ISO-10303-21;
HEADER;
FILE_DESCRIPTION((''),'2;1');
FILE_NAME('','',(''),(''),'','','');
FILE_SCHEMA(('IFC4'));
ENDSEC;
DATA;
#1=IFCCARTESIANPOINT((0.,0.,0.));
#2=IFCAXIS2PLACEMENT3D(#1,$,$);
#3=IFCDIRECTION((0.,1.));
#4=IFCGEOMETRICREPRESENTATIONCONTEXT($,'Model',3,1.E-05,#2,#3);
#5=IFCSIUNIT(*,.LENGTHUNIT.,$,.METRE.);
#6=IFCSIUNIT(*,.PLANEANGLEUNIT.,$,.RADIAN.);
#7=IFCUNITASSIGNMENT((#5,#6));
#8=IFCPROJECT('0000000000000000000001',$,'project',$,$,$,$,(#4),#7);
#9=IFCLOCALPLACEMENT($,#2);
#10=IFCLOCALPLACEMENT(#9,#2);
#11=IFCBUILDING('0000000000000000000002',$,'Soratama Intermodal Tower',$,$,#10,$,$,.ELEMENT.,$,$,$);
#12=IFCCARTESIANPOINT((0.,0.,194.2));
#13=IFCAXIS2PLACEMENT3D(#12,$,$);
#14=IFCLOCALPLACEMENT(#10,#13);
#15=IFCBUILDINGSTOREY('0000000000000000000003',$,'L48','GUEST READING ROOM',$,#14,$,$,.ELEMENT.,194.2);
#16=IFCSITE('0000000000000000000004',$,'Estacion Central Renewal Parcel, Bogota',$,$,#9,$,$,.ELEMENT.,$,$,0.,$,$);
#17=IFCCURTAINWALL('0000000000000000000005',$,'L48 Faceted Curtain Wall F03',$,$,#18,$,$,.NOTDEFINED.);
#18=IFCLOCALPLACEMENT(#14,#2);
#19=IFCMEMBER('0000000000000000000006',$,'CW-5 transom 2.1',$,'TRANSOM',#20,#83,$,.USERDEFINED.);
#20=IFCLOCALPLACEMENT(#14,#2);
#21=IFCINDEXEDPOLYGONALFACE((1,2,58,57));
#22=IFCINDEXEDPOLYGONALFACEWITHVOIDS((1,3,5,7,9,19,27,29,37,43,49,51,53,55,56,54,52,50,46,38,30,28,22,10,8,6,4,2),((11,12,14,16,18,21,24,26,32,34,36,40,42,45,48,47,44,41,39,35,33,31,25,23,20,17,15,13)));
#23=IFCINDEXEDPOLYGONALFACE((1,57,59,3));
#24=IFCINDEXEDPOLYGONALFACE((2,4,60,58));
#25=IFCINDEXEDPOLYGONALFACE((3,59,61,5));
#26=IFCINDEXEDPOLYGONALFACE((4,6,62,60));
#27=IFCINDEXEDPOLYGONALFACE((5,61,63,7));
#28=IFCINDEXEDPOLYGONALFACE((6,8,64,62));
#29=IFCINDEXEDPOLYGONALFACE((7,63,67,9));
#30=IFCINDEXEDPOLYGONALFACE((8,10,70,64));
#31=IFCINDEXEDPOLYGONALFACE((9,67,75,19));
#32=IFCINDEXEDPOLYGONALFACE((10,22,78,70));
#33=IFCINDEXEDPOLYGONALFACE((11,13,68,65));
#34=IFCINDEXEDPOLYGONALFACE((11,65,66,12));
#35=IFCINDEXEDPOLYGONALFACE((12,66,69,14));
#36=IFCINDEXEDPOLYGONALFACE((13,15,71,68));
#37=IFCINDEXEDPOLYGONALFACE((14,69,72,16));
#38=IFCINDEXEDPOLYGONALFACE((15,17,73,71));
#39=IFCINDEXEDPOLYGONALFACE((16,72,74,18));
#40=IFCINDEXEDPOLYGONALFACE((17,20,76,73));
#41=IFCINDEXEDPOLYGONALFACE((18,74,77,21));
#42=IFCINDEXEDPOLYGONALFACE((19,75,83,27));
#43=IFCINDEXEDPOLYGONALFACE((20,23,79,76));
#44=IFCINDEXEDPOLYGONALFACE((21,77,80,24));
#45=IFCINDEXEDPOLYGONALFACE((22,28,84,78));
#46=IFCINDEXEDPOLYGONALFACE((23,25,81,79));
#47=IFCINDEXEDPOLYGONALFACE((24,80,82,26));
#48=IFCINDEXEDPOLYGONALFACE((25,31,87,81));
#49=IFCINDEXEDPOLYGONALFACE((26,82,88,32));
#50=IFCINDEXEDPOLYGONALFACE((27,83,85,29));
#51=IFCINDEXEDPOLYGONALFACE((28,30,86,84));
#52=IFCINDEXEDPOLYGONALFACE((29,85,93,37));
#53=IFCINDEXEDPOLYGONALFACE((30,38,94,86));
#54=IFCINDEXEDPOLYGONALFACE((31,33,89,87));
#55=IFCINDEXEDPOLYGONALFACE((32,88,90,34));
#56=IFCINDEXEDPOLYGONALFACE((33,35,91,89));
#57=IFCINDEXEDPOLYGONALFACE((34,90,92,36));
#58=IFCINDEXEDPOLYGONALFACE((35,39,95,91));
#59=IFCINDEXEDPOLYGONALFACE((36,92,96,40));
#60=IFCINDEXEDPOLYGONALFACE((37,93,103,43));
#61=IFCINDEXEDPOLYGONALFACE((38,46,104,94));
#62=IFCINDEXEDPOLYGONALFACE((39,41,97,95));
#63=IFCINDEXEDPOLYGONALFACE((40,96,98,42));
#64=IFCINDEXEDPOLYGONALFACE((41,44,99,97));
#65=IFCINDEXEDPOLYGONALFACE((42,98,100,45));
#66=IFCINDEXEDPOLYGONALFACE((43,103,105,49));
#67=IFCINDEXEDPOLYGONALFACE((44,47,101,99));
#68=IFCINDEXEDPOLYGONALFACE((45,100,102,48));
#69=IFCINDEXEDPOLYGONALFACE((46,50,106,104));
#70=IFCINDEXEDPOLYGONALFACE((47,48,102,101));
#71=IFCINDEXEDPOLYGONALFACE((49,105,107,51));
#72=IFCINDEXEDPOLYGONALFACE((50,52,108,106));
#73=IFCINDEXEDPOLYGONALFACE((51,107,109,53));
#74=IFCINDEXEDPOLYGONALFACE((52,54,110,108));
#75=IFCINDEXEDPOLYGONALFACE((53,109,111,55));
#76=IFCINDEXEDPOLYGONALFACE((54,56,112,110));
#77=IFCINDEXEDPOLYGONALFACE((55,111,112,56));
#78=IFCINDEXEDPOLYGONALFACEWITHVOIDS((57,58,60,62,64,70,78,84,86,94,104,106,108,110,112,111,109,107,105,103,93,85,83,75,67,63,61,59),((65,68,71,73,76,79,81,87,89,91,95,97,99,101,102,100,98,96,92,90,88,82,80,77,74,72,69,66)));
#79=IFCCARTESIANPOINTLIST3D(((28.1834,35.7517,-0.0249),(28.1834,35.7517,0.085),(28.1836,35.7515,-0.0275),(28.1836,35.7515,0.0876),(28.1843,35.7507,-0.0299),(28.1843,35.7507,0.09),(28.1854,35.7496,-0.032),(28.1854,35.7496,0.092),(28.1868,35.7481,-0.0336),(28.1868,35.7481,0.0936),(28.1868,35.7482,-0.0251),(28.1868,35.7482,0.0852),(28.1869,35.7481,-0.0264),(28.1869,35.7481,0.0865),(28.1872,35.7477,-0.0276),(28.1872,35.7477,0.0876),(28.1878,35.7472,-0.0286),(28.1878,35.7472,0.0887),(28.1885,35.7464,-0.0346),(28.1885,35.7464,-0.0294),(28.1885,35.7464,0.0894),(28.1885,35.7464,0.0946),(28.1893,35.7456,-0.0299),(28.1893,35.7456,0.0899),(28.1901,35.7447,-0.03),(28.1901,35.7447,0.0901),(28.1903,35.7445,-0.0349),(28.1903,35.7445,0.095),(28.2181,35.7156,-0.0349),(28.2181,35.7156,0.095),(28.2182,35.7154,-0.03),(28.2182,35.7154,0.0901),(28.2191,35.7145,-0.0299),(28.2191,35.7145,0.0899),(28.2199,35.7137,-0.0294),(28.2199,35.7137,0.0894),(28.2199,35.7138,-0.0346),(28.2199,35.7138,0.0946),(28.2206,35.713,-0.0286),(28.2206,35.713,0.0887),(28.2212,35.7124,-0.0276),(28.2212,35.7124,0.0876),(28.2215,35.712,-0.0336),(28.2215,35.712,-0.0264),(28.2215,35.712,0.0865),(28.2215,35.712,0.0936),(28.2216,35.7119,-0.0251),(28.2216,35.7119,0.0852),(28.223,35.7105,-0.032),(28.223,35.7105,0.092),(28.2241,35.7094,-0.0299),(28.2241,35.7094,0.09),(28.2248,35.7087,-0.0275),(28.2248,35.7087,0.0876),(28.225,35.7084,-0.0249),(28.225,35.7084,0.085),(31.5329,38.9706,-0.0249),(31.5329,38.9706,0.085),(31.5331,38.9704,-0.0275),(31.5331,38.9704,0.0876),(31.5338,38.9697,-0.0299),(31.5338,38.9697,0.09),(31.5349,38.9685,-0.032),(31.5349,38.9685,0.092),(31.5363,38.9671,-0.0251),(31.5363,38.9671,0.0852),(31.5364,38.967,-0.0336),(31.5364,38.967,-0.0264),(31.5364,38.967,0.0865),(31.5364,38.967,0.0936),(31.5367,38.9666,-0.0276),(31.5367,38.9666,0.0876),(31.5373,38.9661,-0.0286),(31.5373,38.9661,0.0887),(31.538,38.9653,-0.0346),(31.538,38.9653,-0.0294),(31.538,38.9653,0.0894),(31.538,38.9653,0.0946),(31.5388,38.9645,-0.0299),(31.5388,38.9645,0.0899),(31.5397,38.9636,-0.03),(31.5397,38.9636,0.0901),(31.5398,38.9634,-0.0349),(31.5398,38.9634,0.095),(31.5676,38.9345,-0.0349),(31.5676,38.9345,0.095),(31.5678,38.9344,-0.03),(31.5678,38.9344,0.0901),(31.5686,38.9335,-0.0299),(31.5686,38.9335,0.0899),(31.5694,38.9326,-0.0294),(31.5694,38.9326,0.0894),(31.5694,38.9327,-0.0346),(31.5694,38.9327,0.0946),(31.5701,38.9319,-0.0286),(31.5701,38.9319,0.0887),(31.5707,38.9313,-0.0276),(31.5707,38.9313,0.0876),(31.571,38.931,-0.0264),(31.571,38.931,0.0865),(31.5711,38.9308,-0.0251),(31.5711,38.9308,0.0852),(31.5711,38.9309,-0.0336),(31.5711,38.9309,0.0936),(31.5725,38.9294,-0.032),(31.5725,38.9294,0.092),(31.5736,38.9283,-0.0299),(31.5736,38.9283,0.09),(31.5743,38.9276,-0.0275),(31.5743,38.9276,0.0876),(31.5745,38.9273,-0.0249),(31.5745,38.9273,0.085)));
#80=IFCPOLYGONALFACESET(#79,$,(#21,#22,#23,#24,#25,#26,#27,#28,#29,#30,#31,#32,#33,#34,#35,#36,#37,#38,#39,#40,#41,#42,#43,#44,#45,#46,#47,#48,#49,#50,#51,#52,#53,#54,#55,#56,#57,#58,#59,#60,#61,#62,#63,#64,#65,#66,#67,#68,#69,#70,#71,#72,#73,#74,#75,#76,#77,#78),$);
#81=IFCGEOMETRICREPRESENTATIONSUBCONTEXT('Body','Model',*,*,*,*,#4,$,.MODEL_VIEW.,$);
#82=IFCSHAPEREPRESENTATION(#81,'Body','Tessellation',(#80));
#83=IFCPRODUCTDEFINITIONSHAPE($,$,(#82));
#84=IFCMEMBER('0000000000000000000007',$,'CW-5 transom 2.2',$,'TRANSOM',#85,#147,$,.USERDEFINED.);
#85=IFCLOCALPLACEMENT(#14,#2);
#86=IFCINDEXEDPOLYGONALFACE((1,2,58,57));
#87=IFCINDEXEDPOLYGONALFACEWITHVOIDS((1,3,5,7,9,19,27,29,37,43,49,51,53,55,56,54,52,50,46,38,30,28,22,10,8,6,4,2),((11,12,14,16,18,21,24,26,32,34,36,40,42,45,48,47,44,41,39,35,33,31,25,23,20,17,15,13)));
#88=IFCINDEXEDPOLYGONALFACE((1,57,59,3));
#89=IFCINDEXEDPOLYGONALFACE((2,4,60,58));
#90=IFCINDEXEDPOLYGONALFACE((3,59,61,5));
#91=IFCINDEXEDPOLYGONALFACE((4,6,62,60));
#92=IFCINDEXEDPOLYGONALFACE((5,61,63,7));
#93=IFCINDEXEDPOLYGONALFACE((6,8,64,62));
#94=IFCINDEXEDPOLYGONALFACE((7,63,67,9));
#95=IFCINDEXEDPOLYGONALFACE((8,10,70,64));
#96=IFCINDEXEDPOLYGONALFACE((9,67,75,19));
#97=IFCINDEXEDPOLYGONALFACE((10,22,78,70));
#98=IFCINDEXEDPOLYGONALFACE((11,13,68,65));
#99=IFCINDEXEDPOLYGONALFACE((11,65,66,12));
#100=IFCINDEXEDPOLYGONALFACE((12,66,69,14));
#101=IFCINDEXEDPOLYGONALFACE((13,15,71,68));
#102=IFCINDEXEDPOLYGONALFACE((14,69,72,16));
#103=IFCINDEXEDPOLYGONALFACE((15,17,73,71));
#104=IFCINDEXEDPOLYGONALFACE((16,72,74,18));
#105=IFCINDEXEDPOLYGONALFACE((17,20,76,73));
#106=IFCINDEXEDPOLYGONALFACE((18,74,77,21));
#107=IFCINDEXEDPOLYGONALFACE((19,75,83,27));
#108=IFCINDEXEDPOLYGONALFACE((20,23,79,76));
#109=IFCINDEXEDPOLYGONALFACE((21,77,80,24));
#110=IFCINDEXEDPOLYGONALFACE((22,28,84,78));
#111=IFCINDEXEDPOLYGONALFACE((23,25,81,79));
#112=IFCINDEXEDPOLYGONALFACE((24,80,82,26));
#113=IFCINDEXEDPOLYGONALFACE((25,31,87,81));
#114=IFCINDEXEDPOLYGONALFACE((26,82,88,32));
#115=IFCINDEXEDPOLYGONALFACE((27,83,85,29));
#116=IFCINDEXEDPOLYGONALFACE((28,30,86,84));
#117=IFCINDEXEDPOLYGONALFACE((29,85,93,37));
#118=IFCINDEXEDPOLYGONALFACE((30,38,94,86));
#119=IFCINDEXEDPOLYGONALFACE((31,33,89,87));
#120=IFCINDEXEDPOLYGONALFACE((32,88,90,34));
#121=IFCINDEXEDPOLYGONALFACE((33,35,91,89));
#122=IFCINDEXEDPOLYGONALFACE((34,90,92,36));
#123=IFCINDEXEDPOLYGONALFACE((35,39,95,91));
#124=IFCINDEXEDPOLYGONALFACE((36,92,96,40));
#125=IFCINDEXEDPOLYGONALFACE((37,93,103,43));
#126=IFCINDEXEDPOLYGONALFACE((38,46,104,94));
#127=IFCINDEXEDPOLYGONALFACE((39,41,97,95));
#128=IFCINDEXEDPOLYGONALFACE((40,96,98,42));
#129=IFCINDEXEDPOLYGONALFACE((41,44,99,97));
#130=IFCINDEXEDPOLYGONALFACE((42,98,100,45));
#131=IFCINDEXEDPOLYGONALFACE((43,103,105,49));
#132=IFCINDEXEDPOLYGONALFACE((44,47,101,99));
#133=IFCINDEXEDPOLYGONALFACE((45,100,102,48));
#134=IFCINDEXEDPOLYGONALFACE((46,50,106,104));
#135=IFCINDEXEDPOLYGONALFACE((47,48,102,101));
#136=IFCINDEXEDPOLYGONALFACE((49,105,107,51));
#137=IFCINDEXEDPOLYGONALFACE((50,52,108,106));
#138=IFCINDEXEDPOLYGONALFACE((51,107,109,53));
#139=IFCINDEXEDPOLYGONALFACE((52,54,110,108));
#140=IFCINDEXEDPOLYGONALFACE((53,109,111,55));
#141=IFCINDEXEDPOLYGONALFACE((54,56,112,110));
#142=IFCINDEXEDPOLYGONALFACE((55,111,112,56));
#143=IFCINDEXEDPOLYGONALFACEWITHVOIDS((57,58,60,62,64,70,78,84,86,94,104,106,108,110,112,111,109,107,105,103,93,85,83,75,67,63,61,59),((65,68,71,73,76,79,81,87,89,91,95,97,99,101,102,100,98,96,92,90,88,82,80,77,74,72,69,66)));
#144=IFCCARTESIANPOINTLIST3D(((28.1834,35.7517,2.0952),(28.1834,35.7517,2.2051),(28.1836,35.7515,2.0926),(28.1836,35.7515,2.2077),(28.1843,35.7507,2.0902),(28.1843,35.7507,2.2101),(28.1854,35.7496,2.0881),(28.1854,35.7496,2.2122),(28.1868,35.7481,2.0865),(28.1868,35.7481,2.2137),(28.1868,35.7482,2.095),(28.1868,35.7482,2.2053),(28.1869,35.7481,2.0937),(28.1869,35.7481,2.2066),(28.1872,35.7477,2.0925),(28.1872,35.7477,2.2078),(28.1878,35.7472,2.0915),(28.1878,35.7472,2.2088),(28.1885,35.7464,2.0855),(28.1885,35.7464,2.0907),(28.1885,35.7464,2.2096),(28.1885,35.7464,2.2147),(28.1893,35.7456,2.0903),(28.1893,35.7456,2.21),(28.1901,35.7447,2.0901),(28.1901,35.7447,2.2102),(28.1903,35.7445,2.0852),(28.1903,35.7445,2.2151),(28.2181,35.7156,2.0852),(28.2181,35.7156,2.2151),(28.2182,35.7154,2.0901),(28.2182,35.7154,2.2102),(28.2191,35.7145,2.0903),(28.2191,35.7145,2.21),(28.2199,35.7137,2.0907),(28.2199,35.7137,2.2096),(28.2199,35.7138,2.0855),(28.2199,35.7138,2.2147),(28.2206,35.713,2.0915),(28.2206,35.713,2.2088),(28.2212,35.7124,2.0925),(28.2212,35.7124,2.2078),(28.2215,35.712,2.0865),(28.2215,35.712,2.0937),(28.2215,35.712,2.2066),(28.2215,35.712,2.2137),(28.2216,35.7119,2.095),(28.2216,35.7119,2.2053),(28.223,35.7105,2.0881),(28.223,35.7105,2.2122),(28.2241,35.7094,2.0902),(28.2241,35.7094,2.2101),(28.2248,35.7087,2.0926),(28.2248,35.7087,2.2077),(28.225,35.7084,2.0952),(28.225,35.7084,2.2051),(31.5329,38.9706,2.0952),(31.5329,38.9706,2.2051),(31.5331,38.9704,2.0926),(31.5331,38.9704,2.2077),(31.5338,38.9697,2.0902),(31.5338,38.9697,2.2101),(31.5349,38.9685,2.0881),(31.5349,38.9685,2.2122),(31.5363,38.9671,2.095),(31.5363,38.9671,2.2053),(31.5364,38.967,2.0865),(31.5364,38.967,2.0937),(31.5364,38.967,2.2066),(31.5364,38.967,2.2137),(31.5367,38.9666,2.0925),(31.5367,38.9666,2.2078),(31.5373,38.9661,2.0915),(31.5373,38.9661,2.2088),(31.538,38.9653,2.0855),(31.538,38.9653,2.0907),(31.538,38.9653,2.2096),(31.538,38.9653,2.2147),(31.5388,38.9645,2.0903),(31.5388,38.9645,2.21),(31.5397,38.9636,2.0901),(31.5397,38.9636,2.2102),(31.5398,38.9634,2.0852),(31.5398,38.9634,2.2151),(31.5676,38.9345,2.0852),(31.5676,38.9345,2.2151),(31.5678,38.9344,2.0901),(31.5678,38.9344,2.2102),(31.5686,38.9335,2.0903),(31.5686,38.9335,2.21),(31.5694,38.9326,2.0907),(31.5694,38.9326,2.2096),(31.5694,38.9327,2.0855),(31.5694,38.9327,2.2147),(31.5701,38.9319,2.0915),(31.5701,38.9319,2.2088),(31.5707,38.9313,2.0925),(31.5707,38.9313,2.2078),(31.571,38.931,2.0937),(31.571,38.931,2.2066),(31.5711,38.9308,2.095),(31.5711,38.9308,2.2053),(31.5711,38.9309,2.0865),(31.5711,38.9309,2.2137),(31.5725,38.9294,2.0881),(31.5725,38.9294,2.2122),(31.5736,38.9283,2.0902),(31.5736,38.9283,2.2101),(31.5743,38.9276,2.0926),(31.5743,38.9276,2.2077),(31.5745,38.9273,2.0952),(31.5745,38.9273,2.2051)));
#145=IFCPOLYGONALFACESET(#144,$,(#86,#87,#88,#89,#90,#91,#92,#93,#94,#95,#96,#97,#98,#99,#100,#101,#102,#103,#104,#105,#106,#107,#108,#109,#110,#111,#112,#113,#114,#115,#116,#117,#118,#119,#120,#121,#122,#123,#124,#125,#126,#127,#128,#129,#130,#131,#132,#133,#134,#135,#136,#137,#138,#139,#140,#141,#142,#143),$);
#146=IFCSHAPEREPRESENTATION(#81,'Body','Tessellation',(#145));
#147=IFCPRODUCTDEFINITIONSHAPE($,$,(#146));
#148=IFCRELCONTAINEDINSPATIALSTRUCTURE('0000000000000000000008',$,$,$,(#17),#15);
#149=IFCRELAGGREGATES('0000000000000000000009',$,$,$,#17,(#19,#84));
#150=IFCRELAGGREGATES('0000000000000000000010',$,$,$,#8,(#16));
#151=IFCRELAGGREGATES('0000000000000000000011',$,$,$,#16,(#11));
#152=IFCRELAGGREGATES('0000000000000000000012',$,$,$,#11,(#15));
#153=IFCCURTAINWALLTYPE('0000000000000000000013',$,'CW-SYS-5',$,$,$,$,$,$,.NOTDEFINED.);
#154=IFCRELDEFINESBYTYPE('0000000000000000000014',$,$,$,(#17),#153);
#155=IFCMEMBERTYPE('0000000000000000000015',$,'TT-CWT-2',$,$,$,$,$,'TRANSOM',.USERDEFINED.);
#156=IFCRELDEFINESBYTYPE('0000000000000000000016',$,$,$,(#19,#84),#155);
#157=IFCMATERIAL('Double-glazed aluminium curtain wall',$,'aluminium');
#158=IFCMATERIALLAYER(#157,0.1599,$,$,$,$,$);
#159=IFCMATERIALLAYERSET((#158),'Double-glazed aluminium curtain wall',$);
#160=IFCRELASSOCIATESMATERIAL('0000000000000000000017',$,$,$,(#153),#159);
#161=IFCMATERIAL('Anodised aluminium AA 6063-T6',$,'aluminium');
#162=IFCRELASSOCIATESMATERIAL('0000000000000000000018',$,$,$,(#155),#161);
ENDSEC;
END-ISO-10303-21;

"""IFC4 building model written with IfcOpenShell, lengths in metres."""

from ifc_helpers import new_model, si_unit, direction, frame, origin, origin_2d, place, context, subcontext, project, spatial, hollow_rectangle, extrude, material, layer, layer_set, material_profile, profile_set, type_object, element, aggregate, save


model = new_model("IFC4")

# Units and contexts
model_context = context("Model", 3, precision=1e-05, world=origin(), true_north=direction((0.0, 1.0)))
body_context = subcontext(model_context, "Body", "Model", "MODEL_VIEW")
ifc_project = project(units=[si_unit("LENGTHUNIT", "METRE"), si_unit("PLANEANGLEUNIT", "RADIAN")], contexts=[model_context])

# Site, building, storey
site_placement = place(None, origin())
site = spatial("IfcSite", under=ifc_project, at=site_placement, Name="Estacion Central Renewal Parcel, Bogota", CompositionType="ELEMENT", RefElevation=0.0)
building_placement = place(site_placement, origin())
building = spatial("IfcBuilding", under=site, at=building_placement, Name="Soratama Intermodal Tower", CompositionType="ELEMENT")
storey_placement = place(building_placement, frame((0.0, 0.0, 194.2)))
storey = spatial("IfcBuildingStorey", under=building, at=storey_placement, Name="L48", Description="GUEST READING ROOM", CompositionType="ELEMENT", Elevation=194.2)

# Curtain wall, members
ifc_material_1 = material(Name="Double-glazed aluminium curtain wall", Category="aluminium")
ifc_layer_1 = layer(ifc_material_1, 0.1599)
ifc_layer_set_1 = layer_set([ifc_layer_1], Name="Double-glazed aluminium curtain wall")
curtain_wall_type = type_object("IfcCurtainWallType", Name="CW-SYS-5", PredefinedType="NOTDEFINED", material=ifc_layer_set_1)
curtain_wall_placement = place(storey_placement, origin())
curtain_wall = element("IfcCurtainWall", 1, at=curtain_wall_placement, inside=storey, type_object=curtain_wall_type, Name="L48 Faceted Curtain Wall F03", PredefinedType="NOTDEFINED")
ifc_material_2 = material(Name="Anodised aluminium AA 6063-T6", Category="aluminium")
ifc_material_profile_1 = material_profile(ifc_material_2, hollow_rectangle(XDim=0.0601, YDim=0.1299, WallThickness=0.0049, InnerFilletRadius=0.0049, OuterFilletRadius=0.01, at=origin_2d()), Name="CWT130X60X5")
ifc_profile_set_1 = profile_set([ifc_material_profile_1], Name="Anodised aluminium AA 6063-T6")
member_type_1 = type_object("IfcMemberType", Name="TT-CWT-2", ElementType="TRANSOM", PredefinedType="USERDEFINED", material=ifc_profile_set_1)
member_1_placement = place(storey_placement, frame((31.5537, 38.949, 0.03), z_axis=(-0.721025, -0.692909, 0.0), x_axis=(0.692909, -0.721025, 0.0)))
member_1 = element("IfcMember", 2, at=member_1_placement, type_object=member_type_1, Name="CW-5 transom 2.1", ObjectType="TRANSOM", PredefinedType="USERDEFINED", context=body_context, shape_type="SweptSolid", body=[
    extrude(hollow_rectangle(XDim=0.0601, YDim=0.1299, WallThickness=0.0049, InnerFilletRadius=0.0049, OuterFilletRadius=0.01, at=origin_2d()), origin(), (0.0, 0.0, 1.0), 4.6455),
])
member_2_placement = place(storey_placement, frame((31.5537, 38.949, 2.1501), z_axis=(-0.721025, -0.692909, 0.0), x_axis=(0.692909, -0.721025, 0.0)))
member_2 = element("IfcMember", 3, at=member_2_placement, type_object=member_type_1, Name="CW-5 transom 2.2", ObjectType="TRANSOM", PredefinedType="USERDEFINED", context=body_context, shape_type="SweptSolid", body=[
    extrude(hollow_rectangle(XDim=0.0601, YDim=0.1299, WallThickness=0.0049, InnerFilletRadius=0.0049, OuterFilletRadius=0.01, at=origin_2d()), origin(), (0.0, 0.0, 1.0), 4.6455),
])
aggregate(curtain_wall, [member_1, member_2])

save(model, "model.ifc")
